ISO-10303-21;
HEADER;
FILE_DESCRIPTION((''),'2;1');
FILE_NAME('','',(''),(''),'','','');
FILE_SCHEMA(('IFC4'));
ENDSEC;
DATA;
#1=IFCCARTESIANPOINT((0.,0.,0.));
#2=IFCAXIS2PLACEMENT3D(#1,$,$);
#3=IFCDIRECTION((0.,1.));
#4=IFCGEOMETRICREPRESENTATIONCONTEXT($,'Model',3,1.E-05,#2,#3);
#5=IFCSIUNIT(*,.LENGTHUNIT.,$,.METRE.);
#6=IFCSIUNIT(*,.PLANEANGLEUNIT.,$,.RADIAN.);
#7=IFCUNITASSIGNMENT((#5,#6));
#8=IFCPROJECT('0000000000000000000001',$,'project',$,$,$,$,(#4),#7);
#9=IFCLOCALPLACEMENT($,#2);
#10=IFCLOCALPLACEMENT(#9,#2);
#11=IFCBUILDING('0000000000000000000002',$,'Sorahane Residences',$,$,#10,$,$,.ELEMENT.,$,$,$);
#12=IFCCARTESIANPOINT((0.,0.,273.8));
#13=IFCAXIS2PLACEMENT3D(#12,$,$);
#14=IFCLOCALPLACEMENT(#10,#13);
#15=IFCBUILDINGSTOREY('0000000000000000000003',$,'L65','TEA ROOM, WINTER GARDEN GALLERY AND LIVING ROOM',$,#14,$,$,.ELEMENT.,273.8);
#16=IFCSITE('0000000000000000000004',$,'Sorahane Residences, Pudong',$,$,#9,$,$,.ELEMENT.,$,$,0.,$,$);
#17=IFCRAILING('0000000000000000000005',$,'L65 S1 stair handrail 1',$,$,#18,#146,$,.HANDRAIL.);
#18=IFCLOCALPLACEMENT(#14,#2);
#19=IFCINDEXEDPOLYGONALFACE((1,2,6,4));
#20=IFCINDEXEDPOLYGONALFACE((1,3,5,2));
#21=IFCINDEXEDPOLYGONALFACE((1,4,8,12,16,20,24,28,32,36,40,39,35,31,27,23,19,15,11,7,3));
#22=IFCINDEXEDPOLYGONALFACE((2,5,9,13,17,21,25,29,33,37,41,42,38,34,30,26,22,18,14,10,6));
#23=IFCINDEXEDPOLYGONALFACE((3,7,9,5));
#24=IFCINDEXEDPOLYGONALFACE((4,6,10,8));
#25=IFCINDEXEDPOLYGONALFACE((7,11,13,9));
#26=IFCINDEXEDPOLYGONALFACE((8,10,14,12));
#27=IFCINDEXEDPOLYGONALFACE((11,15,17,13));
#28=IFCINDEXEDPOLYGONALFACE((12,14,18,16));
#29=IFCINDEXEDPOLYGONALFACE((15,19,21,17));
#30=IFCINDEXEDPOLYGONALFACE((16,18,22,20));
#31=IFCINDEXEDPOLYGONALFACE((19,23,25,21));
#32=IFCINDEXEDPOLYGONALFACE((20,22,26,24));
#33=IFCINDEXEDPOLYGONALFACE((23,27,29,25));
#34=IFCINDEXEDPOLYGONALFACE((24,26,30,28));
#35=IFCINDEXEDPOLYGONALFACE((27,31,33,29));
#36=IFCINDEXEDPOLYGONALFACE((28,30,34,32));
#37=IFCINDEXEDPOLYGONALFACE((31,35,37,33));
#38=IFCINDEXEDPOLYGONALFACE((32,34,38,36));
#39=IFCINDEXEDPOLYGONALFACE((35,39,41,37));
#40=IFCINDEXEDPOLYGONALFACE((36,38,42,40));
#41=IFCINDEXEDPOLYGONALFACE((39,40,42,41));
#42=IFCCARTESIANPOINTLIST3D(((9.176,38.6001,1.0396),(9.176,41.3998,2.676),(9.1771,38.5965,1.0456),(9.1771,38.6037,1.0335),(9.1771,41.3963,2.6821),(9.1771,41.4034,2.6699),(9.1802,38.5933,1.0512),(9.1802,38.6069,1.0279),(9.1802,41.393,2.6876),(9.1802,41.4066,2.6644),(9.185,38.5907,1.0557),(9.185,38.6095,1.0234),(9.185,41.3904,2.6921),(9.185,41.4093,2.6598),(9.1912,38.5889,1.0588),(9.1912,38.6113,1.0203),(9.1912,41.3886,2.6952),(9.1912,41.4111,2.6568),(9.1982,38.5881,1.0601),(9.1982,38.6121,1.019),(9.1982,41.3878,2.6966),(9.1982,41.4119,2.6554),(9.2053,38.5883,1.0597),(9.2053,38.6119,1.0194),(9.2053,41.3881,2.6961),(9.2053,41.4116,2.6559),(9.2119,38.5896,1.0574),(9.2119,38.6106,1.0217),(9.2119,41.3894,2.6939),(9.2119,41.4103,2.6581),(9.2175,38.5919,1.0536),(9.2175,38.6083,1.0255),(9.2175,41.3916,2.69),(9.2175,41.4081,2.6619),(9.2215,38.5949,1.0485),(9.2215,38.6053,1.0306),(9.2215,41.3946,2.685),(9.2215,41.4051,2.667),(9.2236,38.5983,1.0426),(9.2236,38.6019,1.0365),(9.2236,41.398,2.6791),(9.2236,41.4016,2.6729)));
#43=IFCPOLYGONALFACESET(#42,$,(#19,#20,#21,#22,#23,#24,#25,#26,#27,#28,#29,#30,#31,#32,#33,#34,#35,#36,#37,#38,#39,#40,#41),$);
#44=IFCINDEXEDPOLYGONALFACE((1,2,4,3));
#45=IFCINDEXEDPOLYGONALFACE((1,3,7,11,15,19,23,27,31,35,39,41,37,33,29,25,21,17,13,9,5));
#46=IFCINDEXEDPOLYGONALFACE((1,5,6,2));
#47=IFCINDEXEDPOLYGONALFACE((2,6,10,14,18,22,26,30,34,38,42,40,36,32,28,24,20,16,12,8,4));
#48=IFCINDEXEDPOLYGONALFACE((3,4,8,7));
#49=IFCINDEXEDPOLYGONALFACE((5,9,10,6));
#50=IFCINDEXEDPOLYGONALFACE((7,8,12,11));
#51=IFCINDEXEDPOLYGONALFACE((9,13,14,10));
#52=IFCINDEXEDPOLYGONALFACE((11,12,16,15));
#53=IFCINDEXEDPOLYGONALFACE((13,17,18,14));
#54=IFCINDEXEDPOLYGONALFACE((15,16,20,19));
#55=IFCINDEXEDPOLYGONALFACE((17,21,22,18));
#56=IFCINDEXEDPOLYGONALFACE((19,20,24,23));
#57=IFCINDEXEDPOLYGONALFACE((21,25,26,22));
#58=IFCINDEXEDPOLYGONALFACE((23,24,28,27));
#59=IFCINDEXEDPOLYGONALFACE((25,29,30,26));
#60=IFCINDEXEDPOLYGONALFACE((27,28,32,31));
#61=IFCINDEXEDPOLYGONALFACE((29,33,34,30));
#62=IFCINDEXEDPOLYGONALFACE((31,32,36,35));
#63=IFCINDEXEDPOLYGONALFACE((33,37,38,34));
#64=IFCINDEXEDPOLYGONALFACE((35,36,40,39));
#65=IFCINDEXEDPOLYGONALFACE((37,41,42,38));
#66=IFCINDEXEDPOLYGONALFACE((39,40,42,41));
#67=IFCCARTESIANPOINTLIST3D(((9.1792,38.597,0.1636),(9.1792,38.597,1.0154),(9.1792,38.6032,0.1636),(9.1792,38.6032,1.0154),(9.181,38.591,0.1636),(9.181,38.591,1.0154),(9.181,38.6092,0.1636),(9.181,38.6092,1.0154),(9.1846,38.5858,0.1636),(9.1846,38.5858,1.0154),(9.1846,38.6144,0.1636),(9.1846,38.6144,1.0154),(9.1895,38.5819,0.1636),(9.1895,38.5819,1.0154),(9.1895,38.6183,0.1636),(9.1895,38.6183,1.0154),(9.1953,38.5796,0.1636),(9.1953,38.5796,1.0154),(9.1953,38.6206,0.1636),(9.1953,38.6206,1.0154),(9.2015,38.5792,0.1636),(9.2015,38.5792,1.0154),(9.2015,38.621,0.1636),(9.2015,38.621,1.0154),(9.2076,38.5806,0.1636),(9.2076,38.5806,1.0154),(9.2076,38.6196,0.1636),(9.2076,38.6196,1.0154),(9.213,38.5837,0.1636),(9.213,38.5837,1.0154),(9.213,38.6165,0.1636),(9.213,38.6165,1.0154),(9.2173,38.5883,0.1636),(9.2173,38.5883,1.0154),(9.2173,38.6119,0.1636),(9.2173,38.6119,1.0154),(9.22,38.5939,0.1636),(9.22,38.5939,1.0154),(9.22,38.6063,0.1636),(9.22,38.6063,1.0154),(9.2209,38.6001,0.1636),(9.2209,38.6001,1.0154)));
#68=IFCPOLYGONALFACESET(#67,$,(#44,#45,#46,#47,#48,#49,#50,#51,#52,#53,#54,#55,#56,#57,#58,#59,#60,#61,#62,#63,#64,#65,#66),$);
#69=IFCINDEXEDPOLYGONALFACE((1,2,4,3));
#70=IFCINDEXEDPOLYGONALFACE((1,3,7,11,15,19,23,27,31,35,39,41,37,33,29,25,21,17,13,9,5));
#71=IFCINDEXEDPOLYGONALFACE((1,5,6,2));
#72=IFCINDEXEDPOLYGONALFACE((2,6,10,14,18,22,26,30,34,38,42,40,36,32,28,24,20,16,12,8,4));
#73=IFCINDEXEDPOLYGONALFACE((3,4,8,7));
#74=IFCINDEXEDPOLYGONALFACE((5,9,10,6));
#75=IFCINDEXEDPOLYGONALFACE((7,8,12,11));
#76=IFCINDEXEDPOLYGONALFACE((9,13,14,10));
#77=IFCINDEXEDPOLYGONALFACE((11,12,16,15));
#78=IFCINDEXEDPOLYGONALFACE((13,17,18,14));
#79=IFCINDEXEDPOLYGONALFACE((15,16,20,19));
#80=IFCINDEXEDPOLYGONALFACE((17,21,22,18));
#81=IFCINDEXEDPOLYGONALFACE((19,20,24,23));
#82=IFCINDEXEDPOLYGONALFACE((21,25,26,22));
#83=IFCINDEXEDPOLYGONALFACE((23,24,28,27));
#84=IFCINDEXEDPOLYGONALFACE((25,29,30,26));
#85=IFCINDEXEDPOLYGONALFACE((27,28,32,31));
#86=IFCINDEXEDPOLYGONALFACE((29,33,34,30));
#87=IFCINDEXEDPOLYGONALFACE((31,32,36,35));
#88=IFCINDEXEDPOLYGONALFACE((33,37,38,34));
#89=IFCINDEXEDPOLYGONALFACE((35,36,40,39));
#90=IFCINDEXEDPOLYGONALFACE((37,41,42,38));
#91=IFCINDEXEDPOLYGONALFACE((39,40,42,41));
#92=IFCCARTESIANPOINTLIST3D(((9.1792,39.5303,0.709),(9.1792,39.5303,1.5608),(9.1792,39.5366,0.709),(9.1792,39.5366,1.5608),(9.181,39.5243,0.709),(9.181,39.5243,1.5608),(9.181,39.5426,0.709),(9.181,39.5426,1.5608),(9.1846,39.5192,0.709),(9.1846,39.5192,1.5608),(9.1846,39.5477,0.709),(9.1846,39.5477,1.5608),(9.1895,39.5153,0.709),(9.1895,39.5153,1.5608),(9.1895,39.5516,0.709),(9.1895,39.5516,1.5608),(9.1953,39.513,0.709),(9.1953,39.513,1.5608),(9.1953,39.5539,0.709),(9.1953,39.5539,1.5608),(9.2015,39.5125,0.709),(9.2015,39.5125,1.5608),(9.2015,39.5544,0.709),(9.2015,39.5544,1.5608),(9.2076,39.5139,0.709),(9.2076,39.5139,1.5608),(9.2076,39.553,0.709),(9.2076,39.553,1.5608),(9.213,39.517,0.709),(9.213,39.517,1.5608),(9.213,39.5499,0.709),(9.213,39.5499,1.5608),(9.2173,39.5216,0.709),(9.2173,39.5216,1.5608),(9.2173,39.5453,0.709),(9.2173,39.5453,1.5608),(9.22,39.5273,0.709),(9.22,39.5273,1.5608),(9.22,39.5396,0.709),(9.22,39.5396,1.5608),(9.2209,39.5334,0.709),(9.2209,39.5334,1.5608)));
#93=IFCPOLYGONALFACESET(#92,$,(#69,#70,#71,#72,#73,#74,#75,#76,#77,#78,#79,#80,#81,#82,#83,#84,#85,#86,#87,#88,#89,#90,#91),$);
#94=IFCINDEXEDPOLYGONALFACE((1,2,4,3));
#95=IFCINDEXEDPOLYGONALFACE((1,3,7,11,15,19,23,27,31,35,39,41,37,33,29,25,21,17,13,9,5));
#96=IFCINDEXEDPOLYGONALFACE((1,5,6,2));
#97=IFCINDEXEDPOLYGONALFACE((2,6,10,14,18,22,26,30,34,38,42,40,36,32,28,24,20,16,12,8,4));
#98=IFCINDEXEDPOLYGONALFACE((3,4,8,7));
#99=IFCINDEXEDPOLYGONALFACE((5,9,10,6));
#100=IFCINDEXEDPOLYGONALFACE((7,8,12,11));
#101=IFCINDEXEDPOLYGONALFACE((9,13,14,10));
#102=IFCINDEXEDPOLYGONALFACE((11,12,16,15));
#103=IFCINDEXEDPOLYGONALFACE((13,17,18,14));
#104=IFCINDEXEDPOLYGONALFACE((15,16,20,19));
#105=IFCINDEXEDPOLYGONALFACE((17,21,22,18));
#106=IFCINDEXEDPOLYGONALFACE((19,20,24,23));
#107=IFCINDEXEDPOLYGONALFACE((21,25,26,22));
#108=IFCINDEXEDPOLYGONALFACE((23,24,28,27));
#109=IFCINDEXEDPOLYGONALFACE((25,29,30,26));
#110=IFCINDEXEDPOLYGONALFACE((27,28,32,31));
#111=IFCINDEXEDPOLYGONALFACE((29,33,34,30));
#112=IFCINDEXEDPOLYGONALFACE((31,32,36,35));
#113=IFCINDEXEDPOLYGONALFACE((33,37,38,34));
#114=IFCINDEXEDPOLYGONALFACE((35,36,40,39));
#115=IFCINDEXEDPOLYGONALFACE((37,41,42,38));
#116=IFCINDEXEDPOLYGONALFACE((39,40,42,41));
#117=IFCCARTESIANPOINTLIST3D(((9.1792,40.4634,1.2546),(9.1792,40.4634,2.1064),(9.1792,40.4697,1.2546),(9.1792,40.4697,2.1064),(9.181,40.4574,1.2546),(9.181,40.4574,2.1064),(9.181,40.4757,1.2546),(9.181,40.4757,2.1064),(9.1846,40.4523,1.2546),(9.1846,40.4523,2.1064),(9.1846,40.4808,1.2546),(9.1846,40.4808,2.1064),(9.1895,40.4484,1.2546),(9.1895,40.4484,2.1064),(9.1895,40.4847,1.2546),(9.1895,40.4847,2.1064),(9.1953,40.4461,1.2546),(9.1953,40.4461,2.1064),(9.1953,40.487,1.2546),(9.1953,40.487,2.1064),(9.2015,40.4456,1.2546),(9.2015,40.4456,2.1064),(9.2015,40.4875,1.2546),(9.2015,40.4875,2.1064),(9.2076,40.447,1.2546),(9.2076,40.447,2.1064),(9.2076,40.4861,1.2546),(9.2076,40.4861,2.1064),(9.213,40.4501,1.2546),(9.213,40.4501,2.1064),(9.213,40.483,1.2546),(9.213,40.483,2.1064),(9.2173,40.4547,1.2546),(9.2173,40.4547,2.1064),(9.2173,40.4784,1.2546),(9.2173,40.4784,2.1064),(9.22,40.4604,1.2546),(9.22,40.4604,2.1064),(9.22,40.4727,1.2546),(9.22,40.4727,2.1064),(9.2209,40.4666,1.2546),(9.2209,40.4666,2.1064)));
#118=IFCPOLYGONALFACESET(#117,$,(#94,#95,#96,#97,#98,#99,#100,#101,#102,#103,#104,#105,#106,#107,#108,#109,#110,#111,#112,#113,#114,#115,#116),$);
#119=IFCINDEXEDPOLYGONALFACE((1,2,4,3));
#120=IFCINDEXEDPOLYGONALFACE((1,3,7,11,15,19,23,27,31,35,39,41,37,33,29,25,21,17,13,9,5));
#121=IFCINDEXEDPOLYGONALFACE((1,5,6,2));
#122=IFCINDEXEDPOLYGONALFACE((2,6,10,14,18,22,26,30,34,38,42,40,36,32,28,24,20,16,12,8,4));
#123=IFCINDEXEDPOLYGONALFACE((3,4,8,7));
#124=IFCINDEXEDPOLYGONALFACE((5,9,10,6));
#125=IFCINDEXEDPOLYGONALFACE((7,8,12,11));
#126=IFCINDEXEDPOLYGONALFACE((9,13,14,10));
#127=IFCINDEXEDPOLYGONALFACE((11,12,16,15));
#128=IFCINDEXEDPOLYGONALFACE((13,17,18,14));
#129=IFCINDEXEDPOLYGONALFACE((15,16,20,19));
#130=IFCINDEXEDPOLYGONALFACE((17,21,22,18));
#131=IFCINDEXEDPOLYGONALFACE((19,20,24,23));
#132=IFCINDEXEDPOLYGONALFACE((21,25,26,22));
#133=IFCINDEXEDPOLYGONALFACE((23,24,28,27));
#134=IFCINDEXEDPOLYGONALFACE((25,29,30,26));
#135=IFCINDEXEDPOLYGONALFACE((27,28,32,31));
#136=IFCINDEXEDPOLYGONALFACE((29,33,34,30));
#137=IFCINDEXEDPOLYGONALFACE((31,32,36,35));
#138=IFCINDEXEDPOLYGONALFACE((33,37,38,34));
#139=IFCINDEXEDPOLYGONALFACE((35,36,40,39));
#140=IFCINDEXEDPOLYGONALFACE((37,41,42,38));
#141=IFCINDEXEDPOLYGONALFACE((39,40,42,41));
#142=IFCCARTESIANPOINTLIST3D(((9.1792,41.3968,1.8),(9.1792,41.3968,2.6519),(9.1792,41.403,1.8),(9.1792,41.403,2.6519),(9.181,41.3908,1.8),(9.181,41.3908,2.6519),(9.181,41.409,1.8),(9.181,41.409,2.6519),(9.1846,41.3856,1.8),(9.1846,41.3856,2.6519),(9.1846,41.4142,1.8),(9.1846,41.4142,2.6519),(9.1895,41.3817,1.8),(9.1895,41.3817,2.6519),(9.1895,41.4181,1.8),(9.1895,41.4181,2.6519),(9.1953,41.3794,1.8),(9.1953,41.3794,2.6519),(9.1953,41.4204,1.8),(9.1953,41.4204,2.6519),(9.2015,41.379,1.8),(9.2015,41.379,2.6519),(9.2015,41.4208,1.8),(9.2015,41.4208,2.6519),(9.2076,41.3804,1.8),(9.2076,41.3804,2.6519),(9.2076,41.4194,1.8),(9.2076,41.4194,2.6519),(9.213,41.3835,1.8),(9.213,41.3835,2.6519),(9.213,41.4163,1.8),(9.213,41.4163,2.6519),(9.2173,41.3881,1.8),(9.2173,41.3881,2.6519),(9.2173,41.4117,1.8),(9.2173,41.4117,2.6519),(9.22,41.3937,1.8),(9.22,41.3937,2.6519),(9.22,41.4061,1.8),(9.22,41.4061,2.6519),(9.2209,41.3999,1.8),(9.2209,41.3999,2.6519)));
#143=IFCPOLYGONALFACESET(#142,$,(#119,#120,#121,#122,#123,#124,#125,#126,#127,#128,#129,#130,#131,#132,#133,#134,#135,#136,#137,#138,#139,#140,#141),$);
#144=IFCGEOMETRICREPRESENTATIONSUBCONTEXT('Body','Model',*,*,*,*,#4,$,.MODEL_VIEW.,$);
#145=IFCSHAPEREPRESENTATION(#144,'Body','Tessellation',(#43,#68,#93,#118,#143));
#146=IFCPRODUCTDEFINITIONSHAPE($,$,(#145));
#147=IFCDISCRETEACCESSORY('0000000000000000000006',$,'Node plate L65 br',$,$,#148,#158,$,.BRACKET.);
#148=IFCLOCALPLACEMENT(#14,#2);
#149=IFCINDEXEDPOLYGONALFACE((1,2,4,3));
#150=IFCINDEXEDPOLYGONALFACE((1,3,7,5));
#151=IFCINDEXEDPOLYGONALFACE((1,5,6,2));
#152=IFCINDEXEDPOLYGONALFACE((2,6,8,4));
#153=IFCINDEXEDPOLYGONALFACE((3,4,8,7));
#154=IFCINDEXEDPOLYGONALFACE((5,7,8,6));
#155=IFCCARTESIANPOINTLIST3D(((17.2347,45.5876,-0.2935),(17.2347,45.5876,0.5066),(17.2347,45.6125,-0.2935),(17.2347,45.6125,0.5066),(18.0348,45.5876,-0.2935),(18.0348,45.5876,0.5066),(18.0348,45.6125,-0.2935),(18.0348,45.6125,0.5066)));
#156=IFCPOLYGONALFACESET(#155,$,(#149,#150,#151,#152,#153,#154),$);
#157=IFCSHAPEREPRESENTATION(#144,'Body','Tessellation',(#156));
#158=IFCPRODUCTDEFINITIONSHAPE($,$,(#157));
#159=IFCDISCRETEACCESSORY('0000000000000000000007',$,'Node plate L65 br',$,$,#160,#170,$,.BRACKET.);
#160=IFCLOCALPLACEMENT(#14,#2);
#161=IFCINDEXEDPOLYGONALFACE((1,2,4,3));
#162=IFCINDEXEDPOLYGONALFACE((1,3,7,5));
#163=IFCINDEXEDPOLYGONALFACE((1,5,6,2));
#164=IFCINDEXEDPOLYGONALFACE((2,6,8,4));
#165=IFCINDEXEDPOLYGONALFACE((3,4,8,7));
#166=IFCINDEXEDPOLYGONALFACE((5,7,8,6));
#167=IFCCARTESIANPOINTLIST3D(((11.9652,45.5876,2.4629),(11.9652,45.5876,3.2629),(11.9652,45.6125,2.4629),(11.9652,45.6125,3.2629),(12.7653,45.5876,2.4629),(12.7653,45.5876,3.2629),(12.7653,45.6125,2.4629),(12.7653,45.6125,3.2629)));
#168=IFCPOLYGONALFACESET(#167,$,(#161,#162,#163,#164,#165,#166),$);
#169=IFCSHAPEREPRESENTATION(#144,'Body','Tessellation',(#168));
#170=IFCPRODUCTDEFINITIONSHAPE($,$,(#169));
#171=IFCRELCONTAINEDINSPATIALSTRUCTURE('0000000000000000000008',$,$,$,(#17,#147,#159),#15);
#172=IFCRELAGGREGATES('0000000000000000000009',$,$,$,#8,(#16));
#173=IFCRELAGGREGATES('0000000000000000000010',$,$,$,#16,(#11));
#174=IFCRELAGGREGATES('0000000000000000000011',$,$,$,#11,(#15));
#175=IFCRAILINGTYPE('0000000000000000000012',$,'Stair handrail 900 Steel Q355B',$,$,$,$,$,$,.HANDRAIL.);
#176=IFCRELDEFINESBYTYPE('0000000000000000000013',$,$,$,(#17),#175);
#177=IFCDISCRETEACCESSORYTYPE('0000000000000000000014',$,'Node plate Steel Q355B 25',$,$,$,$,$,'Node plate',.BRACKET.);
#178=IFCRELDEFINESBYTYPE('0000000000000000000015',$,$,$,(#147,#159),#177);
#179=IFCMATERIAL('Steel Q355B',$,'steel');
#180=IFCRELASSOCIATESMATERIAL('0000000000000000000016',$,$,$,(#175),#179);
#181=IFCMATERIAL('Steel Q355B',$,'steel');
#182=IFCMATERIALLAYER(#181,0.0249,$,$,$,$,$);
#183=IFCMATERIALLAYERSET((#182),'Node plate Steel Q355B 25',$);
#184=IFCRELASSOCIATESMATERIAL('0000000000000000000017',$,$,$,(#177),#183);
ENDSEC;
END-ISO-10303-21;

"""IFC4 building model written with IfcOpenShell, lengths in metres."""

from ifc_helpers import new_model, si_unit, direction, frame, origin, origin_2d, place, context, subcontext, project, spatial, rectangle, circle, extrude, material, layer, layer_set, type_object, element, save


model = new_model("IFC4")

# Units and contexts
model_context = context("Model", 3, precision=1e-05, world=origin(), true_north=direction((0.0, 1.0)))
body_context = subcontext(model_context, "Body", "Model", "MODEL_VIEW")
ifc_project = project(units=[si_unit("LENGTHUNIT", "METRE"), si_unit("PLANEANGLEUNIT", "RADIAN")], contexts=[model_context])

# Site, building, storey
site_placement = place(None, origin())
site = spatial("IfcSite", under=ifc_project, at=site_placement, Name="Sorahane Residences, Pudong", CompositionType="ELEMENT", RefElevation=0.0)
building_placement = place(site_placement, origin())
building = spatial("IfcBuilding", under=site, at=building_placement, Name="Sorahane Residences", CompositionType="ELEMENT")
storey_placement = place(building_placement, frame((0.0, 0.0, 273.8)))
storey = spatial("IfcBuildingStorey", under=building, at=storey_placement, Name="L65", Description="TEA ROOM, WINTER GARDEN GALLERY AND LIVING ROOM", CompositionType="ELEMENT", Elevation=273.8)

# Railing
ifc_material_1 = material(Name="Steel Q355B", Category="steel")
railing_type_1 = type_object("IfcRailingType", Name="Stair handrail 900 Steel Q355B", PredefinedType="HANDRAIL", material=ifc_material_1)
railing_1_placement = place(storey_placement, frame((9.2, 38.6001, 0.1636)))
element("IfcRailing", 1, at=railing_1_placement, inside=storey, type_object=railing_type_1, Name="L65 S1 stair handrail 1", PredefinedType="HANDRAIL", context=body_context, shape_type="SweptSolid", body=[
    extrude(circle(Radius=0.0239, at=origin_2d()), frame((0.0, 0.0, 0.876), z_axis=(0.0, 0.863342, 0.50462), x_axis=(-1.0, 0.0, 0.0)), (0.0, 0.0, 1.0), 3.2429),
    extrude(circle(Radius=0.021, at=origin_2d()), origin(), (0.0, 0.0, 1.0), 0.8518),
    extrude(circle(Radius=0.021, at=origin_2d()), frame((0.0, 0.9333, 0.5454)), (0.0, 0.0, 1.0), 0.8518),
    extrude(circle(Radius=0.021, at=origin_2d()), frame((0.0, 1.8665, 1.0911)), (0.0, 0.0, 1.0), 0.8518),
    extrude(circle(Radius=0.021, at=origin_2d()), frame((0.0, 2.7998, 1.6365)), (0.0, 0.0, 1.0), 0.8518),
])

# Discrete accessories
ifc_material_2 = material(Name="Steel Q355B", Category="steel")
ifc_layer_1 = layer(ifc_material_2, 0.0249)
ifc_layer_set_1 = layer_set([ifc_layer_1], Name="Node plate Steel Q355B 25")
discrete_accessory_type = type_object("IfcDiscreteAccessoryType", Name="Node plate Steel Q355B 25", ElementType="Node plate", PredefinedType="BRACKET", material=ifc_layer_set_1)
for number, where, z_axis, x_axis, name in (
    (2, (17.6348, 45.6001, -0.2935), (0.0, 0.0, 1.0), (1.0, 0.0, 0.0), "Node plate L65 br"),
    (3, (12.3652, 45.6001, 2.4629), (0.0, 0.0, 1.0), (1.0, 0.0, 0.0), "Node plate L65 br"),
):
    element("IfcDiscreteAccessory", number, at=place(storey_placement, frame(where, z_axis=z_axis, x_axis=x_axis)), inside=storey, type_object=discrete_accessory_type, Name=name, PredefinedType="BRACKET", context=body_context, shape_type="SweptSolid", body=[
        extrude(rectangle(XDim=0.8, YDim=0.0249, at=origin_2d()), origin(), (0.0, 0.0, 1.0), 0.8),
    ])

save(model, "model.ifc")
